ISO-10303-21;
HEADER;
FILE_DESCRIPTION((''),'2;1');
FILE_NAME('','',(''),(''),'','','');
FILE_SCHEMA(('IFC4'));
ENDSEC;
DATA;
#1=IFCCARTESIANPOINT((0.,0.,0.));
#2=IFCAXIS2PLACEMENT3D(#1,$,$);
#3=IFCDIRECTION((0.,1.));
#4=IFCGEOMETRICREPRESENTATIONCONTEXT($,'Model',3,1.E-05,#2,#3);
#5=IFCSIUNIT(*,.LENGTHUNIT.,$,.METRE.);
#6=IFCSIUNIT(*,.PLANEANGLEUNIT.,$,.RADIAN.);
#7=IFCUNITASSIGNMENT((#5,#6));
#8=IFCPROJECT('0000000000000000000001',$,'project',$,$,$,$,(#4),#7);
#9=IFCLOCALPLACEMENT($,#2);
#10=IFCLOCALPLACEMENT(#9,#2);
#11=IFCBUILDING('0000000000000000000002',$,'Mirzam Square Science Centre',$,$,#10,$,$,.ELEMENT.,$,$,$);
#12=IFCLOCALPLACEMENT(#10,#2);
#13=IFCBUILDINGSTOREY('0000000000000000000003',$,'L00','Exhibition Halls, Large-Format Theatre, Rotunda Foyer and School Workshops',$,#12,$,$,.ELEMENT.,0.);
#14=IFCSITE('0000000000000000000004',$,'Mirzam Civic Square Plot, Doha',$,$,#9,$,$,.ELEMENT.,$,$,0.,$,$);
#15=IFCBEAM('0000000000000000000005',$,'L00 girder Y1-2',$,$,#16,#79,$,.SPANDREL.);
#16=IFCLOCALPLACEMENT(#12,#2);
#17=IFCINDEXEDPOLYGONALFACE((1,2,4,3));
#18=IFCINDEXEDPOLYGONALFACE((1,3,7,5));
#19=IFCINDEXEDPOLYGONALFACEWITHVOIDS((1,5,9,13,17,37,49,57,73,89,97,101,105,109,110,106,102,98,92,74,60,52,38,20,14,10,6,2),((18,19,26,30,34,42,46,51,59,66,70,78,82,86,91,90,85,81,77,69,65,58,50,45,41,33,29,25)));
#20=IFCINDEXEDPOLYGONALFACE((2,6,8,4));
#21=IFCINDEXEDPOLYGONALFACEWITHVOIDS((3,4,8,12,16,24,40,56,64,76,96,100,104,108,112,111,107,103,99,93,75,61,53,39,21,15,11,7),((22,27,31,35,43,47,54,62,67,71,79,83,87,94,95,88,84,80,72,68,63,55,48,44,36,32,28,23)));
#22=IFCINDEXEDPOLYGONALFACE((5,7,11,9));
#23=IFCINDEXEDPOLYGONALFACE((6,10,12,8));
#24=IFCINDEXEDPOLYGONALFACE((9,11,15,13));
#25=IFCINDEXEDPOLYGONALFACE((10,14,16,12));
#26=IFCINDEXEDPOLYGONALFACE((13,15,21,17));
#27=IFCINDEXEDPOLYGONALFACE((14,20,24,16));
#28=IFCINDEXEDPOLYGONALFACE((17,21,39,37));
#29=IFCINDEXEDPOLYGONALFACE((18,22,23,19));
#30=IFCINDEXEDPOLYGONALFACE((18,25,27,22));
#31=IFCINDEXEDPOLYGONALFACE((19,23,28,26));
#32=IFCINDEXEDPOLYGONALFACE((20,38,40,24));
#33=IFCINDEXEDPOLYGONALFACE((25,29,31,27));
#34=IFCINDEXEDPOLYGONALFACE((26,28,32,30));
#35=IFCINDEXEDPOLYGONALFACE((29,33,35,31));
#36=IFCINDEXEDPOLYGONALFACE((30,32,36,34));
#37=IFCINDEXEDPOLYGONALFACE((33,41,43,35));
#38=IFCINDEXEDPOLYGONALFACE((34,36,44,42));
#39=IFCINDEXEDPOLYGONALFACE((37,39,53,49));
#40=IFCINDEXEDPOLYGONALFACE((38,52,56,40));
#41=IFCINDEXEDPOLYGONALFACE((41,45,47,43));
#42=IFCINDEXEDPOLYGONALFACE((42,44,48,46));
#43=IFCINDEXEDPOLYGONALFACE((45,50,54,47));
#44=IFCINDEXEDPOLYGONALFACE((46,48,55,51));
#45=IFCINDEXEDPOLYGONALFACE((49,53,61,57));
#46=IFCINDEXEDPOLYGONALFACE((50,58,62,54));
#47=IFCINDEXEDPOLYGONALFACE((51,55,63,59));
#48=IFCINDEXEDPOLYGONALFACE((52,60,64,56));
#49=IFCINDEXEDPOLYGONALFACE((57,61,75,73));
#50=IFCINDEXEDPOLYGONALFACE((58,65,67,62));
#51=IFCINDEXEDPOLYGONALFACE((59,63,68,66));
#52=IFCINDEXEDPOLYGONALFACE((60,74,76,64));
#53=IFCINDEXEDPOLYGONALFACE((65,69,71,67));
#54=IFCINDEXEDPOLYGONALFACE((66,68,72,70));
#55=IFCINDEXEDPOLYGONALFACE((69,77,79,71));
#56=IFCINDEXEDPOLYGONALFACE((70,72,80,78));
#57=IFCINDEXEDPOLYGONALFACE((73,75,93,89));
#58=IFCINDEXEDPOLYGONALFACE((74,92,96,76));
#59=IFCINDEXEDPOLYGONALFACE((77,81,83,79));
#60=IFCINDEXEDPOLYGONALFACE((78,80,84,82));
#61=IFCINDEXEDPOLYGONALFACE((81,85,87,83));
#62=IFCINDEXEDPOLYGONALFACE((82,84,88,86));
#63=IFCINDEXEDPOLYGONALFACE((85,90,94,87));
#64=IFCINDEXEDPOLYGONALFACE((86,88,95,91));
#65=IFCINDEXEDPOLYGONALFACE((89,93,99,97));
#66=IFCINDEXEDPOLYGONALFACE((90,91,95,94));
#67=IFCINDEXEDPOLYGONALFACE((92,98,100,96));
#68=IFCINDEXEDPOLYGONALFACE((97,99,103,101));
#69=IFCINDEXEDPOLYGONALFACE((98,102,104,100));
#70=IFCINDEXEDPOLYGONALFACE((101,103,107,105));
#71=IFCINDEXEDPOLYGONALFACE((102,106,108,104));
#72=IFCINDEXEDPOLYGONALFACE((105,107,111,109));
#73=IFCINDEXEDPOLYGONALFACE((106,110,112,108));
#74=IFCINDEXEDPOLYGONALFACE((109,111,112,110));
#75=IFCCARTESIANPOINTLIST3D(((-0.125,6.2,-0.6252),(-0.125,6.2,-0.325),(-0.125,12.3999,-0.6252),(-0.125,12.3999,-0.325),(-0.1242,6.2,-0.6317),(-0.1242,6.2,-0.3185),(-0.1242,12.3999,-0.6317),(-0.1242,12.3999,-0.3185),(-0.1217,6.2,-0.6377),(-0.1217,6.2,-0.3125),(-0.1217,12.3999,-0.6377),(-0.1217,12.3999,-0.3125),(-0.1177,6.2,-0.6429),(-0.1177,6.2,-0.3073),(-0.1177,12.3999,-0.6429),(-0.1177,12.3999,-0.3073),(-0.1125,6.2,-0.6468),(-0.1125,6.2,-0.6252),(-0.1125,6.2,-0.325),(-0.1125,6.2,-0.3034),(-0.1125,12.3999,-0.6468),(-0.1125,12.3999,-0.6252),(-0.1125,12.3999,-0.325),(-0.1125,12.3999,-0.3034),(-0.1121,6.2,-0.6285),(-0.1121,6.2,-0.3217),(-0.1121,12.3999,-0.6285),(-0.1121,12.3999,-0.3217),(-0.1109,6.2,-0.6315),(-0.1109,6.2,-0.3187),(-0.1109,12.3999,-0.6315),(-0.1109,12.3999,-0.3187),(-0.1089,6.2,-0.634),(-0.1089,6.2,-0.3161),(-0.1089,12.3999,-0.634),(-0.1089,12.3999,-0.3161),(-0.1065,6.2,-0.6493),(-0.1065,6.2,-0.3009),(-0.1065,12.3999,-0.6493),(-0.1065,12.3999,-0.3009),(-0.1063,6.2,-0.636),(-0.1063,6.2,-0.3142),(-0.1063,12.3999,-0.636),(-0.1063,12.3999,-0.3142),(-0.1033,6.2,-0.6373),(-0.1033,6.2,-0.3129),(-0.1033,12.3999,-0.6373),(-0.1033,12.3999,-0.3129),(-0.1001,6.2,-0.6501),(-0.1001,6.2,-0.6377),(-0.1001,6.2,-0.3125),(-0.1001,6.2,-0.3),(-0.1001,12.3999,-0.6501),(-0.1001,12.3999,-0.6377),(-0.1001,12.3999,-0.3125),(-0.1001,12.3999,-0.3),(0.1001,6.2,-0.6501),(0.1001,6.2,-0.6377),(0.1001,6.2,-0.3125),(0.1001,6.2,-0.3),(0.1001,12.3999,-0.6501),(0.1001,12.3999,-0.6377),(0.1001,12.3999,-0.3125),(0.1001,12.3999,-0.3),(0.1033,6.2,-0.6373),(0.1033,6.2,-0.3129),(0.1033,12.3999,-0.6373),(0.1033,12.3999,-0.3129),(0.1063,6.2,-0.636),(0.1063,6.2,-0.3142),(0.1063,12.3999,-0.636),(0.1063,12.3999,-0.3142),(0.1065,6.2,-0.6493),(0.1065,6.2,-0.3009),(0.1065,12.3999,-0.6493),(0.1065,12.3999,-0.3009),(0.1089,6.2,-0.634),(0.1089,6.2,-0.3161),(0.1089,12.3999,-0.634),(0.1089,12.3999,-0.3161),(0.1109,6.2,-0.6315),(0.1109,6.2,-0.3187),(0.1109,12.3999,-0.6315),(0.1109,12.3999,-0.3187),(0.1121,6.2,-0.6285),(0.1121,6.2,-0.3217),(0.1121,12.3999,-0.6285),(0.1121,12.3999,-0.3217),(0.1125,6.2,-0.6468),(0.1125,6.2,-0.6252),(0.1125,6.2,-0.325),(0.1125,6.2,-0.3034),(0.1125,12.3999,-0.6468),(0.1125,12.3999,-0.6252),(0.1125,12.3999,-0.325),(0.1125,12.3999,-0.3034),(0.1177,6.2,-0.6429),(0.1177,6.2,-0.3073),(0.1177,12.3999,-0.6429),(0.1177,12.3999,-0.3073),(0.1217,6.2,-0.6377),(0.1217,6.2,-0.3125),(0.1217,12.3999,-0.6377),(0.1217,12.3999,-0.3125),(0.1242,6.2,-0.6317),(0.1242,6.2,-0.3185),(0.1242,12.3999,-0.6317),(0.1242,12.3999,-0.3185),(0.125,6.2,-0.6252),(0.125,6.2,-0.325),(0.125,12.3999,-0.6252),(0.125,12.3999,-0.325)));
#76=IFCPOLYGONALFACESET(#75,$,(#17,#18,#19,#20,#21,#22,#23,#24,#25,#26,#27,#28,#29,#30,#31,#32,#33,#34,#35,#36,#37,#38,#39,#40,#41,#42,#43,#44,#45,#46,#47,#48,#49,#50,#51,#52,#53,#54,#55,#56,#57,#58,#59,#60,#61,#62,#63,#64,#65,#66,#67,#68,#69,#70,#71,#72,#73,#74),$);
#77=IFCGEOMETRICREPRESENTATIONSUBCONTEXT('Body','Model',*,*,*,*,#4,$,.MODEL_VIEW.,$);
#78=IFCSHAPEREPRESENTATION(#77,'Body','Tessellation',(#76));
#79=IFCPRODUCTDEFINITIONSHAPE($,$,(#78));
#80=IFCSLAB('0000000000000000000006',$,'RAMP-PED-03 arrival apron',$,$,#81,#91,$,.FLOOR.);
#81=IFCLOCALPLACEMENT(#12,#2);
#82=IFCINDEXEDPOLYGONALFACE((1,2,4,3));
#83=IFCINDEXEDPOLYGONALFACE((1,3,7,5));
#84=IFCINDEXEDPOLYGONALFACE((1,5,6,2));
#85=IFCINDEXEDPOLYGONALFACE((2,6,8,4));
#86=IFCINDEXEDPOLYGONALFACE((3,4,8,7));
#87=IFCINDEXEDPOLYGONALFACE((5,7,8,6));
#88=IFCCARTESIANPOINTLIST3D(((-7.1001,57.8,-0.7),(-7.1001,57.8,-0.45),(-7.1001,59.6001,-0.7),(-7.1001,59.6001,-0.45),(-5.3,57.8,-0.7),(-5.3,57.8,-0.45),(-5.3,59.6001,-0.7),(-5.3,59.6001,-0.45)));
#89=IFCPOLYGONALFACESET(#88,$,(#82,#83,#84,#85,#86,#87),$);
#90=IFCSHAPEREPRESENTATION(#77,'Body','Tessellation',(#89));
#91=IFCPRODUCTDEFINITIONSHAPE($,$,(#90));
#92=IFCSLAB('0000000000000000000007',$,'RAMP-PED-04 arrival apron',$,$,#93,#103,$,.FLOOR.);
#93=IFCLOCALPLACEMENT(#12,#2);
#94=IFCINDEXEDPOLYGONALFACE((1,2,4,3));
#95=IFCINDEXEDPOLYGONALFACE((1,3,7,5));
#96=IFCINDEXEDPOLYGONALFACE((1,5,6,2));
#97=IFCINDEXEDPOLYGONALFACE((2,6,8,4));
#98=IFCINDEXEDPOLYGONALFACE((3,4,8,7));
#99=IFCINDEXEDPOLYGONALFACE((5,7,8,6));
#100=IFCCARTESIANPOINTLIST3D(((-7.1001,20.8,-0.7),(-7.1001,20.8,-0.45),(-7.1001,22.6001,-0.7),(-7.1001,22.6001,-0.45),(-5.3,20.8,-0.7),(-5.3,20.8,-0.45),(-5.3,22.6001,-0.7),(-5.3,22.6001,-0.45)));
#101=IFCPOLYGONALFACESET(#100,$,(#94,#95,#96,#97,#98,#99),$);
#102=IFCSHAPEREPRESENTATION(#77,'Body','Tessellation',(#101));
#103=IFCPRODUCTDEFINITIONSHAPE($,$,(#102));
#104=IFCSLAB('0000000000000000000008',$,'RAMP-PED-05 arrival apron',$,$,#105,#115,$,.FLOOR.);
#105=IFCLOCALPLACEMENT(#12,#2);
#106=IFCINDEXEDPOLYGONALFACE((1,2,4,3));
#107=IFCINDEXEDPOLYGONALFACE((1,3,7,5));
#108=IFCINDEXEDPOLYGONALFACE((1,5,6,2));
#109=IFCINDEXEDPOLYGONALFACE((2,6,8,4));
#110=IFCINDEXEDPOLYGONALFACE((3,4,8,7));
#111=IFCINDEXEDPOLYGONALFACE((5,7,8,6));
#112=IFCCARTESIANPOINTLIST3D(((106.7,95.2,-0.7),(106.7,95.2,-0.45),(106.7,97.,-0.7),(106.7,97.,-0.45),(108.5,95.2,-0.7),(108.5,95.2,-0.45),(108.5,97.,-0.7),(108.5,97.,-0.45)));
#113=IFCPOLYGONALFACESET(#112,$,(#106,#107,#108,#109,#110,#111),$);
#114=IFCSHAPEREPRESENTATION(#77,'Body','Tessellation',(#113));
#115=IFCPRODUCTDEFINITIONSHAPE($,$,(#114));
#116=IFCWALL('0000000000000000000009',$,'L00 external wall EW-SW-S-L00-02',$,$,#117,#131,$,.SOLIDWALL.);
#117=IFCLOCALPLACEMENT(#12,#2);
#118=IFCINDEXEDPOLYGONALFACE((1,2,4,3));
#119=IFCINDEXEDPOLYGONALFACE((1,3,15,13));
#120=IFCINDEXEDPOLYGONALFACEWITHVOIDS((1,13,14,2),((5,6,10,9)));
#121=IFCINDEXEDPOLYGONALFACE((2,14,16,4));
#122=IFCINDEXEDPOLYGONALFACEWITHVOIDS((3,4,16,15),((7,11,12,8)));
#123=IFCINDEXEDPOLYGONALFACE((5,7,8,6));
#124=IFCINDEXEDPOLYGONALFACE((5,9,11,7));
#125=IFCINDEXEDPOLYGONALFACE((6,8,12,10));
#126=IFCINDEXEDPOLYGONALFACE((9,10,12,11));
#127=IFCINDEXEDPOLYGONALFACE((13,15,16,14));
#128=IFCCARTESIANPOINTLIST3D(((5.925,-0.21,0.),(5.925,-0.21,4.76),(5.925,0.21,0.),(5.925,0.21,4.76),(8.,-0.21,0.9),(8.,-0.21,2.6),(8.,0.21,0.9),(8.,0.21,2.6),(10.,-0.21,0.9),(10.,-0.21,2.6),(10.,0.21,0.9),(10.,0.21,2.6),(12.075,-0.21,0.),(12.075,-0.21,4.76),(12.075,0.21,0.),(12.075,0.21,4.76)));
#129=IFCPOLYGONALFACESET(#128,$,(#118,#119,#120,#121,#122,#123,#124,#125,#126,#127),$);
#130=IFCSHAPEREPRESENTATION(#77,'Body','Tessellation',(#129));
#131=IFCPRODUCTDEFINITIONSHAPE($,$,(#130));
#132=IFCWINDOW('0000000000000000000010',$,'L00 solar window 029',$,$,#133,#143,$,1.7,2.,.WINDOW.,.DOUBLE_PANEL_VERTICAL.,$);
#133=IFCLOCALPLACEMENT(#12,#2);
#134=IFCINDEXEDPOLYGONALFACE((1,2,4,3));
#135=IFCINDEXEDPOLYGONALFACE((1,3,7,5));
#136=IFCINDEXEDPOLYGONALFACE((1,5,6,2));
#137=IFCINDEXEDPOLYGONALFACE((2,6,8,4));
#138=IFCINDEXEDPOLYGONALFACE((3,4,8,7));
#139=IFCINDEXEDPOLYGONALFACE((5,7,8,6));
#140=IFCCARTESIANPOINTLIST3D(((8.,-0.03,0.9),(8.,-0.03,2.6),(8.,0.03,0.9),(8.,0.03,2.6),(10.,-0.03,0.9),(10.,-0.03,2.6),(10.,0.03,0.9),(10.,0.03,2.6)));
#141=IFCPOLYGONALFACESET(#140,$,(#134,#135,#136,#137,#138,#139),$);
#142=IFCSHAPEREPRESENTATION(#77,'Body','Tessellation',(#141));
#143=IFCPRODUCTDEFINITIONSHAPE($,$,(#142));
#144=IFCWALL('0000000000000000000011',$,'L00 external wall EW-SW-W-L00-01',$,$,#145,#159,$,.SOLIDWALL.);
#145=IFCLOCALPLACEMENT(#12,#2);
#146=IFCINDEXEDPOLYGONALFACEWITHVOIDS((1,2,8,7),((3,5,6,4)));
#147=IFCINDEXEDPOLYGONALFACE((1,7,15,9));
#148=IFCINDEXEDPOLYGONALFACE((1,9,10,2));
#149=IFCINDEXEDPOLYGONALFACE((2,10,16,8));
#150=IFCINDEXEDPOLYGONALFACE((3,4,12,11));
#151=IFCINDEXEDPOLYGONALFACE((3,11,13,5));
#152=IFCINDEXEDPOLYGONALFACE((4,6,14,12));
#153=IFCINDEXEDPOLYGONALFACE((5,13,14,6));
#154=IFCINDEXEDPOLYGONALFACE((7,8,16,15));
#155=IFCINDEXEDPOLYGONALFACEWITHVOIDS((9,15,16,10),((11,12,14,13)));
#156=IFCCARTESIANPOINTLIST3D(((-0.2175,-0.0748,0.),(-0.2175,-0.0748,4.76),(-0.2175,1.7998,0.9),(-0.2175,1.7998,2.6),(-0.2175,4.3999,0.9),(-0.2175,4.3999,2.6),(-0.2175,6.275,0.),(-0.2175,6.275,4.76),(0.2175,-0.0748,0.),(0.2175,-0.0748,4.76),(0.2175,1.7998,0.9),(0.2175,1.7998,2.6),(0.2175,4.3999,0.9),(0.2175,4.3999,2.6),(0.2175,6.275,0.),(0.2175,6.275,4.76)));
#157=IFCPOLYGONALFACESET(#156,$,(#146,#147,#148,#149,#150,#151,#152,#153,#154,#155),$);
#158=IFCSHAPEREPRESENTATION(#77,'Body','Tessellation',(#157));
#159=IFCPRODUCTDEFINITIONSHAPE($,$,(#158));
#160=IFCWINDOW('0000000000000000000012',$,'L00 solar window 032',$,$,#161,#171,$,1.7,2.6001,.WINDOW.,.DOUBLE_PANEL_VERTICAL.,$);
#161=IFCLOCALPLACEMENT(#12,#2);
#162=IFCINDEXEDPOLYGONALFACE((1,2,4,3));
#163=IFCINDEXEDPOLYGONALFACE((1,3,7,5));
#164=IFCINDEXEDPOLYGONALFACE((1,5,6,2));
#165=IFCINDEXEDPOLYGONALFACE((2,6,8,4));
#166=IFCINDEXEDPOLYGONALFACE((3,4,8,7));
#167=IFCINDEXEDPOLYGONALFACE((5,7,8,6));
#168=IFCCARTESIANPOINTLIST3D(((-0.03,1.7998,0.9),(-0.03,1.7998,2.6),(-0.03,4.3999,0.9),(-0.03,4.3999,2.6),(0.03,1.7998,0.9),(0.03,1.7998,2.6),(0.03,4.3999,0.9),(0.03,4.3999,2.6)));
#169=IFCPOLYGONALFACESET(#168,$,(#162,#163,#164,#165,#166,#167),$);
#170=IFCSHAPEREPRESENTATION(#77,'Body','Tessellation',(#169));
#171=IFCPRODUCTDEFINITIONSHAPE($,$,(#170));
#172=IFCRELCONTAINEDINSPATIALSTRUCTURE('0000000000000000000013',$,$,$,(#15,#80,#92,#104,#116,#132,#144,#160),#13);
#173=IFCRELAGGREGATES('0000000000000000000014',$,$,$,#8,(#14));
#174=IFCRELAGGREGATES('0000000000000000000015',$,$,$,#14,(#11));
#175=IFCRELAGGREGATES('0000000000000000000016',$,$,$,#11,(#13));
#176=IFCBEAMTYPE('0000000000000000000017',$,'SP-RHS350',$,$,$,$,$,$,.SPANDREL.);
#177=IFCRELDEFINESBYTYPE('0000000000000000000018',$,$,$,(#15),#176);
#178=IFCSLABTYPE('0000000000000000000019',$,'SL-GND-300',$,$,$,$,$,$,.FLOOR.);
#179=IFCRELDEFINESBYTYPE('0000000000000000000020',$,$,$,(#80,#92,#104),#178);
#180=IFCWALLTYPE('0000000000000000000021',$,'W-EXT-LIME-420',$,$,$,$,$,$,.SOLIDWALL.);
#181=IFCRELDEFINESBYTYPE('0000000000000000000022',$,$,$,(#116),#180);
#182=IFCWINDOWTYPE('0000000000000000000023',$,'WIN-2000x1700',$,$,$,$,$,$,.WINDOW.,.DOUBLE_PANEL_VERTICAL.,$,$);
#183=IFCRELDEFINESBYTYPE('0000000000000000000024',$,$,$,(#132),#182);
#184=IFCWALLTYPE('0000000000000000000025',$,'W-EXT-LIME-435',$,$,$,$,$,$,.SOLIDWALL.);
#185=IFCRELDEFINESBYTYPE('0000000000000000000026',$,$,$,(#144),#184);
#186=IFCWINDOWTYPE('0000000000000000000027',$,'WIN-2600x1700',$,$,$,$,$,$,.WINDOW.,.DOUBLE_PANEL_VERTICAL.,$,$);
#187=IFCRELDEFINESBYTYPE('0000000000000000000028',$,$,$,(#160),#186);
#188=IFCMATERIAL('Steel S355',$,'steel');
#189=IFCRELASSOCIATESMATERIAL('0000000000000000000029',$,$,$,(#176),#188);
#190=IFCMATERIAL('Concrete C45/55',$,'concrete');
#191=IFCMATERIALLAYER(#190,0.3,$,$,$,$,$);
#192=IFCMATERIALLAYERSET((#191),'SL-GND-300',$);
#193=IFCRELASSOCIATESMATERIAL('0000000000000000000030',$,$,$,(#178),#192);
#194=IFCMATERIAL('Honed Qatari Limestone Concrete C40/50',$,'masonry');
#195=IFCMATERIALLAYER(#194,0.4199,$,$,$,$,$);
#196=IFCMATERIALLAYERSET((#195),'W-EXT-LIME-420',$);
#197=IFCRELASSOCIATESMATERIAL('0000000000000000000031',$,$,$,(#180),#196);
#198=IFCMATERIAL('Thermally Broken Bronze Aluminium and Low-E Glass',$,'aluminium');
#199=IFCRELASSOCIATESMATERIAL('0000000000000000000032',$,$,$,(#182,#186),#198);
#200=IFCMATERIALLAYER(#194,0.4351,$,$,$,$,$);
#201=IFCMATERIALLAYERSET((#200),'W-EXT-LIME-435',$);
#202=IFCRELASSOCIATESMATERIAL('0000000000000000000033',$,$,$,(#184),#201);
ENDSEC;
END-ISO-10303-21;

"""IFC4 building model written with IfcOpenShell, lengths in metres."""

from ifc_helpers import new_model, si_unit, direction, frame, frame_2d, origin, origin_2d, place, context, subcontext, project, spatial, polyline, rectangle, hollow_rectangle, outline, extrude, material, layer, layer_set, material_profile, profile_set, type_object, element, fill, save


model = new_model("IFC4")

# Units and contexts
model_context = context("Model", 3, precision=1e-05, world=origin(), true_north=direction((0.0, 1.0)))
body_context = subcontext(model_context, "Body", "Model", "MODEL_VIEW")
ifc_project = project(units=[si_unit("LENGTHUNIT", "METRE"), si_unit("PLANEANGLEUNIT", "RADIAN")], contexts=[model_context])

# Site, building, storey
site_placement = place(None, origin())
site = spatial("IfcSite", under=ifc_project, at=site_placement, Name="Mirzam Civic Square Plot, Doha", CompositionType="ELEMENT", RefElevation=0.0)
building_placement = place(site_placement, origin())
building = spatial("IfcBuilding", under=site, at=building_placement, Name="Mirzam Square Science Centre", CompositionType="ELEMENT")
storey_placement = place(building_placement, origin())
storey = spatial("IfcBuildingStorey", under=building, at=storey_placement, Name="L00", Description="Exhibition Halls, Large-Format Theatre, Rotunda Foyer and School Workshops", CompositionType="ELEMENT", Elevation=0.0)

# Shared definitions
ifc_material_1 = material(Name="Concrete C45/55", Category="concrete")

# Shared definitions
ifc_material_2 = material(Name="Steel S355", Category="steel")

# Beam
ifc_material_profile_1 = material_profile(ifc_material_2, hollow_rectangle(XDim=0.25, YDim=0.3501, WallThickness=0.0125, InnerFilletRadius=0.0125, OuterFilletRadius=0.0249, at=origin_2d()), Name="350x250x12.5RHS")
ifc_profile_set_1 = profile_set([ifc_material_profile_1], Name="Steel S355")
beam_type_1 = type_object("IfcBeamType", Name="SP-RHS350", PredefinedType="SPANDREL", material=ifc_profile_set_1)
beam_1_placement = place(storey_placement, frame((0.0, 6.2, -0.4751), z_axis=(0.0, 1.0, 0.0), x_axis=(-1.0, 0.0, 0.0)))
element("IfcBeam", 1, at=beam_1_placement, inside=storey, type_object=beam_type_1, Name="L00 girder Y1-2", PredefinedType="SPANDREL", context=body_context, shape_type="SweptSolid", body=[
    extrude(hollow_rectangle(XDim=0.25, YDim=0.3501, WallThickness=0.0125, InnerFilletRadius=0.0125, OuterFilletRadius=0.0249, at=origin_2d()), origin(), (0.0, 0.0, 1.0), 6.2),
])

# Slabs
ifc_layer_1 = layer(ifc_material_1, 0.3)
ifc_layer_set_1 = layer_set([ifc_layer_1], Name="SL-GND-300")
slab_type = type_object("IfcSlabType", Name="SL-GND-300", PredefinedType="FLOOR", material=ifc_layer_set_1)
slab_1_placement = place(storey_placement, frame((0.0, 0.0, -0.7)))
element("IfcSlab", 2, at=slab_1_placement, inside=storey, type_object=slab_type, Name="RAMP-PED-03 arrival apron", PredefinedType="FLOOR", context=body_context, shape_type="SweptSolid", body=[
    extrude(outline(polyline([(-7.1001, 57.8), (-5.3, 57.8), (-5.3, 59.6001), (-7.1001, 59.6001), (-7.1001, 57.8)])), origin(), (0.0, 0.0, 1.0), 0.25),
])
slab_2_placement = place(storey_placement, frame((0.0, 0.0, -0.7)))
element("IfcSlab", 3, at=slab_2_placement, inside=storey, type_object=slab_type, Name="RAMP-PED-04 arrival apron", PredefinedType="FLOOR", context=body_context, shape_type="SweptSolid", body=[
    extrude(outline(polyline([(-7.1001, 20.8), (-5.3, 20.8), (-5.3, 22.6001), (-7.1001, 22.6001), (-7.1001, 20.8)])), origin(), (0.0, 0.0, 1.0), 0.25),
])
slab_3_placement = place(storey_placement, frame((0.0, 0.0, -0.7)))
element("IfcSlab", 4, at=slab_3_placement, inside=storey, type_object=slab_type, Name="RAMP-PED-05 arrival apron", PredefinedType="FLOOR", context=body_context, shape_type="SweptSolid", body=[
    extrude(outline(polyline([(106.7, 95.2), (108.5, 95.2), (108.5, 97.0), (106.7, 97.0), (106.7, 95.2)])), origin(), (0.0, 0.0, 1.0), 0.25),
])

# Walls, openings, windows
ifc_material_3 = material(Name="Honed Qatari Limestone Concrete C40/50", Category="masonry")
ifc_layer_2 = layer(ifc_material_3, 0.4199)
ifc_layer_set_2 = layer_set([ifc_layer_2], Name="W-EXT-LIME-420")
wall_type_1 = type_object("IfcWallType", Name="W-EXT-LIME-420", PredefinedType="SOLIDWALL", material=ifc_layer_set_2)
wall_1_placement = place(storey_placement, frame((5.925, 0.0, 0.0), z_axis=(0.0, 0.0, 1.0), x_axis=(1.0, 0.0, 0.0)))
wall_1 = element("IfcWall", 5, at=wall_1_placement, inside=storey, type_object=wall_type_1, Name="L00 external wall EW-SW-S-L00-02", PredefinedType="SOLIDWALL", context=body_context, shape_type="SweptSolid", body=[
    extrude(rectangle(XDim=6.1499, YDim=0.4199, at=frame_2d((3.075, 0.0))), origin(), (0.0, 0.0, 1.0), 4.76),
])
opening_1_placement = place(wall_1_placement, frame((2.075, 0.0, 0.8999)))
opening_1 = element("IfcOpeningElement", 6, at=opening_1_placement, cuts=wall_1, PredefinedType="OPENING", context=body_context, shape_type="SweptSolid", body=[
    extrude(rectangle(XDim=2.0, YDim=1.7, at=frame_2d((1.0, 0.8501))), frame((0.0, 0.22, 0.0), z_axis=(0.0, -1.0, 0.0), x_axis=(1.0, 0.0, 0.0)), (0.0, 0.0, 1.0), 0.4399),
])
ifc_material_4 = material(Name="Thermally Broken Bronze Aluminium and Low-E Glass", Category="aluminium")
window_type_1 = type_object("IfcWindowType", Name="WIN-2000x1700", PartitioningType="DOUBLE_PANEL_VERTICAL", PredefinedType="WINDOW", material=ifc_material_4)
window_1_placement = place(opening_1_placement, origin())
window_1 = element("IfcWindow", 7, at=window_1_placement, inside=storey, type_object=window_type_1, Name="L00 solar window 029", OverallHeight=1.7, OverallWidth=2.0, PartitioningType="DOUBLE_PANEL_VERTICAL", PredefinedType="WINDOW", context=body_context, shape_type="SweptSolid", body=[
    extrude(rectangle(XDim=2.0, YDim=1.7, at=frame_2d((1.0, 0.8501))), frame((0.0, 0.03, 0.0), z_axis=(0.0, -1.0, 0.0), x_axis=(1.0, 0.0, 0.0)), (0.0, 0.0, 1.0), 0.0601),
])
fill(opening_1, window_1)
ifc_layer_3 = layer(ifc_material_3, 0.4351)
ifc_layer_set_3 = layer_set([ifc_layer_3], Name="W-EXT-LIME-435")
wall_type_2 = type_object("IfcWallType", Name="W-EXT-LIME-435", PredefinedType="SOLIDWALL", material=ifc_layer_set_3)
wall_2_placement = place(storey_placement, frame((0.0, 6.2749, 0.0), z_axis=(0.0, 0.0, 1.0), x_axis=(0.0, -1.0, 0.0)))
wall_2 = element("IfcWall", 8, at=wall_2_placement, inside=storey, type_object=wall_type_2, Name="L00 external wall EW-SW-W-L00-01", PredefinedType="SOLIDWALL", context=body_context, shape_type="SweptSolid", body=[
    extrude(rectangle(XDim=6.3499, YDim=0.4351, at=frame_2d((3.1748, 0.0))), origin(), (0.0, 0.0, 1.0), 4.76),
])
opening_2_placement = place(wall_2_placement, frame((1.875, 0.0, 0.8999)))
opening_2 = element("IfcOpeningElement", 9, at=opening_2_placement, cuts=wall_2, PredefinedType="OPENING", context=body_context, shape_type="SweptSolid", body=[
    extrude(rectangle(XDim=2.6001, YDim=1.7, at=frame_2d((1.3, 0.8501))), frame((0.0, 0.2275, 0.0), z_axis=(0.0, -1.0, 0.0), x_axis=(1.0, 0.0, 0.0)), (0.0, 0.0, 1.0), 0.4551),
])
window_type_2 = type_object("IfcWindowType", Name="WIN-2600x1700", PartitioningType="DOUBLE_PANEL_VERTICAL", PredefinedType="WINDOW", material=ifc_material_4)
window_2_placement = place(opening_2_placement, origin())
window_2 = element("IfcWindow", 10, at=window_2_placement, inside=storey, type_object=window_type_2, Name="L00 solar window 032", OverallHeight=1.7, OverallWidth=2.6001, PartitioningType="DOUBLE_PANEL_VERTICAL", PredefinedType="WINDOW", context=body_context, shape_type="SweptSolid", body=[
    extrude(rectangle(XDim=2.6001, YDim=1.7, at=frame_2d((1.3, 0.8501))), frame((0.0, 0.03, 0.0), z_axis=(0.0, -1.0, 0.0), x_axis=(1.0, 0.0, 0.0)), (0.0, 0.0, 1.0), 0.0601),
])
fill(opening_2, window_2)

save(model, "model.ifc")
